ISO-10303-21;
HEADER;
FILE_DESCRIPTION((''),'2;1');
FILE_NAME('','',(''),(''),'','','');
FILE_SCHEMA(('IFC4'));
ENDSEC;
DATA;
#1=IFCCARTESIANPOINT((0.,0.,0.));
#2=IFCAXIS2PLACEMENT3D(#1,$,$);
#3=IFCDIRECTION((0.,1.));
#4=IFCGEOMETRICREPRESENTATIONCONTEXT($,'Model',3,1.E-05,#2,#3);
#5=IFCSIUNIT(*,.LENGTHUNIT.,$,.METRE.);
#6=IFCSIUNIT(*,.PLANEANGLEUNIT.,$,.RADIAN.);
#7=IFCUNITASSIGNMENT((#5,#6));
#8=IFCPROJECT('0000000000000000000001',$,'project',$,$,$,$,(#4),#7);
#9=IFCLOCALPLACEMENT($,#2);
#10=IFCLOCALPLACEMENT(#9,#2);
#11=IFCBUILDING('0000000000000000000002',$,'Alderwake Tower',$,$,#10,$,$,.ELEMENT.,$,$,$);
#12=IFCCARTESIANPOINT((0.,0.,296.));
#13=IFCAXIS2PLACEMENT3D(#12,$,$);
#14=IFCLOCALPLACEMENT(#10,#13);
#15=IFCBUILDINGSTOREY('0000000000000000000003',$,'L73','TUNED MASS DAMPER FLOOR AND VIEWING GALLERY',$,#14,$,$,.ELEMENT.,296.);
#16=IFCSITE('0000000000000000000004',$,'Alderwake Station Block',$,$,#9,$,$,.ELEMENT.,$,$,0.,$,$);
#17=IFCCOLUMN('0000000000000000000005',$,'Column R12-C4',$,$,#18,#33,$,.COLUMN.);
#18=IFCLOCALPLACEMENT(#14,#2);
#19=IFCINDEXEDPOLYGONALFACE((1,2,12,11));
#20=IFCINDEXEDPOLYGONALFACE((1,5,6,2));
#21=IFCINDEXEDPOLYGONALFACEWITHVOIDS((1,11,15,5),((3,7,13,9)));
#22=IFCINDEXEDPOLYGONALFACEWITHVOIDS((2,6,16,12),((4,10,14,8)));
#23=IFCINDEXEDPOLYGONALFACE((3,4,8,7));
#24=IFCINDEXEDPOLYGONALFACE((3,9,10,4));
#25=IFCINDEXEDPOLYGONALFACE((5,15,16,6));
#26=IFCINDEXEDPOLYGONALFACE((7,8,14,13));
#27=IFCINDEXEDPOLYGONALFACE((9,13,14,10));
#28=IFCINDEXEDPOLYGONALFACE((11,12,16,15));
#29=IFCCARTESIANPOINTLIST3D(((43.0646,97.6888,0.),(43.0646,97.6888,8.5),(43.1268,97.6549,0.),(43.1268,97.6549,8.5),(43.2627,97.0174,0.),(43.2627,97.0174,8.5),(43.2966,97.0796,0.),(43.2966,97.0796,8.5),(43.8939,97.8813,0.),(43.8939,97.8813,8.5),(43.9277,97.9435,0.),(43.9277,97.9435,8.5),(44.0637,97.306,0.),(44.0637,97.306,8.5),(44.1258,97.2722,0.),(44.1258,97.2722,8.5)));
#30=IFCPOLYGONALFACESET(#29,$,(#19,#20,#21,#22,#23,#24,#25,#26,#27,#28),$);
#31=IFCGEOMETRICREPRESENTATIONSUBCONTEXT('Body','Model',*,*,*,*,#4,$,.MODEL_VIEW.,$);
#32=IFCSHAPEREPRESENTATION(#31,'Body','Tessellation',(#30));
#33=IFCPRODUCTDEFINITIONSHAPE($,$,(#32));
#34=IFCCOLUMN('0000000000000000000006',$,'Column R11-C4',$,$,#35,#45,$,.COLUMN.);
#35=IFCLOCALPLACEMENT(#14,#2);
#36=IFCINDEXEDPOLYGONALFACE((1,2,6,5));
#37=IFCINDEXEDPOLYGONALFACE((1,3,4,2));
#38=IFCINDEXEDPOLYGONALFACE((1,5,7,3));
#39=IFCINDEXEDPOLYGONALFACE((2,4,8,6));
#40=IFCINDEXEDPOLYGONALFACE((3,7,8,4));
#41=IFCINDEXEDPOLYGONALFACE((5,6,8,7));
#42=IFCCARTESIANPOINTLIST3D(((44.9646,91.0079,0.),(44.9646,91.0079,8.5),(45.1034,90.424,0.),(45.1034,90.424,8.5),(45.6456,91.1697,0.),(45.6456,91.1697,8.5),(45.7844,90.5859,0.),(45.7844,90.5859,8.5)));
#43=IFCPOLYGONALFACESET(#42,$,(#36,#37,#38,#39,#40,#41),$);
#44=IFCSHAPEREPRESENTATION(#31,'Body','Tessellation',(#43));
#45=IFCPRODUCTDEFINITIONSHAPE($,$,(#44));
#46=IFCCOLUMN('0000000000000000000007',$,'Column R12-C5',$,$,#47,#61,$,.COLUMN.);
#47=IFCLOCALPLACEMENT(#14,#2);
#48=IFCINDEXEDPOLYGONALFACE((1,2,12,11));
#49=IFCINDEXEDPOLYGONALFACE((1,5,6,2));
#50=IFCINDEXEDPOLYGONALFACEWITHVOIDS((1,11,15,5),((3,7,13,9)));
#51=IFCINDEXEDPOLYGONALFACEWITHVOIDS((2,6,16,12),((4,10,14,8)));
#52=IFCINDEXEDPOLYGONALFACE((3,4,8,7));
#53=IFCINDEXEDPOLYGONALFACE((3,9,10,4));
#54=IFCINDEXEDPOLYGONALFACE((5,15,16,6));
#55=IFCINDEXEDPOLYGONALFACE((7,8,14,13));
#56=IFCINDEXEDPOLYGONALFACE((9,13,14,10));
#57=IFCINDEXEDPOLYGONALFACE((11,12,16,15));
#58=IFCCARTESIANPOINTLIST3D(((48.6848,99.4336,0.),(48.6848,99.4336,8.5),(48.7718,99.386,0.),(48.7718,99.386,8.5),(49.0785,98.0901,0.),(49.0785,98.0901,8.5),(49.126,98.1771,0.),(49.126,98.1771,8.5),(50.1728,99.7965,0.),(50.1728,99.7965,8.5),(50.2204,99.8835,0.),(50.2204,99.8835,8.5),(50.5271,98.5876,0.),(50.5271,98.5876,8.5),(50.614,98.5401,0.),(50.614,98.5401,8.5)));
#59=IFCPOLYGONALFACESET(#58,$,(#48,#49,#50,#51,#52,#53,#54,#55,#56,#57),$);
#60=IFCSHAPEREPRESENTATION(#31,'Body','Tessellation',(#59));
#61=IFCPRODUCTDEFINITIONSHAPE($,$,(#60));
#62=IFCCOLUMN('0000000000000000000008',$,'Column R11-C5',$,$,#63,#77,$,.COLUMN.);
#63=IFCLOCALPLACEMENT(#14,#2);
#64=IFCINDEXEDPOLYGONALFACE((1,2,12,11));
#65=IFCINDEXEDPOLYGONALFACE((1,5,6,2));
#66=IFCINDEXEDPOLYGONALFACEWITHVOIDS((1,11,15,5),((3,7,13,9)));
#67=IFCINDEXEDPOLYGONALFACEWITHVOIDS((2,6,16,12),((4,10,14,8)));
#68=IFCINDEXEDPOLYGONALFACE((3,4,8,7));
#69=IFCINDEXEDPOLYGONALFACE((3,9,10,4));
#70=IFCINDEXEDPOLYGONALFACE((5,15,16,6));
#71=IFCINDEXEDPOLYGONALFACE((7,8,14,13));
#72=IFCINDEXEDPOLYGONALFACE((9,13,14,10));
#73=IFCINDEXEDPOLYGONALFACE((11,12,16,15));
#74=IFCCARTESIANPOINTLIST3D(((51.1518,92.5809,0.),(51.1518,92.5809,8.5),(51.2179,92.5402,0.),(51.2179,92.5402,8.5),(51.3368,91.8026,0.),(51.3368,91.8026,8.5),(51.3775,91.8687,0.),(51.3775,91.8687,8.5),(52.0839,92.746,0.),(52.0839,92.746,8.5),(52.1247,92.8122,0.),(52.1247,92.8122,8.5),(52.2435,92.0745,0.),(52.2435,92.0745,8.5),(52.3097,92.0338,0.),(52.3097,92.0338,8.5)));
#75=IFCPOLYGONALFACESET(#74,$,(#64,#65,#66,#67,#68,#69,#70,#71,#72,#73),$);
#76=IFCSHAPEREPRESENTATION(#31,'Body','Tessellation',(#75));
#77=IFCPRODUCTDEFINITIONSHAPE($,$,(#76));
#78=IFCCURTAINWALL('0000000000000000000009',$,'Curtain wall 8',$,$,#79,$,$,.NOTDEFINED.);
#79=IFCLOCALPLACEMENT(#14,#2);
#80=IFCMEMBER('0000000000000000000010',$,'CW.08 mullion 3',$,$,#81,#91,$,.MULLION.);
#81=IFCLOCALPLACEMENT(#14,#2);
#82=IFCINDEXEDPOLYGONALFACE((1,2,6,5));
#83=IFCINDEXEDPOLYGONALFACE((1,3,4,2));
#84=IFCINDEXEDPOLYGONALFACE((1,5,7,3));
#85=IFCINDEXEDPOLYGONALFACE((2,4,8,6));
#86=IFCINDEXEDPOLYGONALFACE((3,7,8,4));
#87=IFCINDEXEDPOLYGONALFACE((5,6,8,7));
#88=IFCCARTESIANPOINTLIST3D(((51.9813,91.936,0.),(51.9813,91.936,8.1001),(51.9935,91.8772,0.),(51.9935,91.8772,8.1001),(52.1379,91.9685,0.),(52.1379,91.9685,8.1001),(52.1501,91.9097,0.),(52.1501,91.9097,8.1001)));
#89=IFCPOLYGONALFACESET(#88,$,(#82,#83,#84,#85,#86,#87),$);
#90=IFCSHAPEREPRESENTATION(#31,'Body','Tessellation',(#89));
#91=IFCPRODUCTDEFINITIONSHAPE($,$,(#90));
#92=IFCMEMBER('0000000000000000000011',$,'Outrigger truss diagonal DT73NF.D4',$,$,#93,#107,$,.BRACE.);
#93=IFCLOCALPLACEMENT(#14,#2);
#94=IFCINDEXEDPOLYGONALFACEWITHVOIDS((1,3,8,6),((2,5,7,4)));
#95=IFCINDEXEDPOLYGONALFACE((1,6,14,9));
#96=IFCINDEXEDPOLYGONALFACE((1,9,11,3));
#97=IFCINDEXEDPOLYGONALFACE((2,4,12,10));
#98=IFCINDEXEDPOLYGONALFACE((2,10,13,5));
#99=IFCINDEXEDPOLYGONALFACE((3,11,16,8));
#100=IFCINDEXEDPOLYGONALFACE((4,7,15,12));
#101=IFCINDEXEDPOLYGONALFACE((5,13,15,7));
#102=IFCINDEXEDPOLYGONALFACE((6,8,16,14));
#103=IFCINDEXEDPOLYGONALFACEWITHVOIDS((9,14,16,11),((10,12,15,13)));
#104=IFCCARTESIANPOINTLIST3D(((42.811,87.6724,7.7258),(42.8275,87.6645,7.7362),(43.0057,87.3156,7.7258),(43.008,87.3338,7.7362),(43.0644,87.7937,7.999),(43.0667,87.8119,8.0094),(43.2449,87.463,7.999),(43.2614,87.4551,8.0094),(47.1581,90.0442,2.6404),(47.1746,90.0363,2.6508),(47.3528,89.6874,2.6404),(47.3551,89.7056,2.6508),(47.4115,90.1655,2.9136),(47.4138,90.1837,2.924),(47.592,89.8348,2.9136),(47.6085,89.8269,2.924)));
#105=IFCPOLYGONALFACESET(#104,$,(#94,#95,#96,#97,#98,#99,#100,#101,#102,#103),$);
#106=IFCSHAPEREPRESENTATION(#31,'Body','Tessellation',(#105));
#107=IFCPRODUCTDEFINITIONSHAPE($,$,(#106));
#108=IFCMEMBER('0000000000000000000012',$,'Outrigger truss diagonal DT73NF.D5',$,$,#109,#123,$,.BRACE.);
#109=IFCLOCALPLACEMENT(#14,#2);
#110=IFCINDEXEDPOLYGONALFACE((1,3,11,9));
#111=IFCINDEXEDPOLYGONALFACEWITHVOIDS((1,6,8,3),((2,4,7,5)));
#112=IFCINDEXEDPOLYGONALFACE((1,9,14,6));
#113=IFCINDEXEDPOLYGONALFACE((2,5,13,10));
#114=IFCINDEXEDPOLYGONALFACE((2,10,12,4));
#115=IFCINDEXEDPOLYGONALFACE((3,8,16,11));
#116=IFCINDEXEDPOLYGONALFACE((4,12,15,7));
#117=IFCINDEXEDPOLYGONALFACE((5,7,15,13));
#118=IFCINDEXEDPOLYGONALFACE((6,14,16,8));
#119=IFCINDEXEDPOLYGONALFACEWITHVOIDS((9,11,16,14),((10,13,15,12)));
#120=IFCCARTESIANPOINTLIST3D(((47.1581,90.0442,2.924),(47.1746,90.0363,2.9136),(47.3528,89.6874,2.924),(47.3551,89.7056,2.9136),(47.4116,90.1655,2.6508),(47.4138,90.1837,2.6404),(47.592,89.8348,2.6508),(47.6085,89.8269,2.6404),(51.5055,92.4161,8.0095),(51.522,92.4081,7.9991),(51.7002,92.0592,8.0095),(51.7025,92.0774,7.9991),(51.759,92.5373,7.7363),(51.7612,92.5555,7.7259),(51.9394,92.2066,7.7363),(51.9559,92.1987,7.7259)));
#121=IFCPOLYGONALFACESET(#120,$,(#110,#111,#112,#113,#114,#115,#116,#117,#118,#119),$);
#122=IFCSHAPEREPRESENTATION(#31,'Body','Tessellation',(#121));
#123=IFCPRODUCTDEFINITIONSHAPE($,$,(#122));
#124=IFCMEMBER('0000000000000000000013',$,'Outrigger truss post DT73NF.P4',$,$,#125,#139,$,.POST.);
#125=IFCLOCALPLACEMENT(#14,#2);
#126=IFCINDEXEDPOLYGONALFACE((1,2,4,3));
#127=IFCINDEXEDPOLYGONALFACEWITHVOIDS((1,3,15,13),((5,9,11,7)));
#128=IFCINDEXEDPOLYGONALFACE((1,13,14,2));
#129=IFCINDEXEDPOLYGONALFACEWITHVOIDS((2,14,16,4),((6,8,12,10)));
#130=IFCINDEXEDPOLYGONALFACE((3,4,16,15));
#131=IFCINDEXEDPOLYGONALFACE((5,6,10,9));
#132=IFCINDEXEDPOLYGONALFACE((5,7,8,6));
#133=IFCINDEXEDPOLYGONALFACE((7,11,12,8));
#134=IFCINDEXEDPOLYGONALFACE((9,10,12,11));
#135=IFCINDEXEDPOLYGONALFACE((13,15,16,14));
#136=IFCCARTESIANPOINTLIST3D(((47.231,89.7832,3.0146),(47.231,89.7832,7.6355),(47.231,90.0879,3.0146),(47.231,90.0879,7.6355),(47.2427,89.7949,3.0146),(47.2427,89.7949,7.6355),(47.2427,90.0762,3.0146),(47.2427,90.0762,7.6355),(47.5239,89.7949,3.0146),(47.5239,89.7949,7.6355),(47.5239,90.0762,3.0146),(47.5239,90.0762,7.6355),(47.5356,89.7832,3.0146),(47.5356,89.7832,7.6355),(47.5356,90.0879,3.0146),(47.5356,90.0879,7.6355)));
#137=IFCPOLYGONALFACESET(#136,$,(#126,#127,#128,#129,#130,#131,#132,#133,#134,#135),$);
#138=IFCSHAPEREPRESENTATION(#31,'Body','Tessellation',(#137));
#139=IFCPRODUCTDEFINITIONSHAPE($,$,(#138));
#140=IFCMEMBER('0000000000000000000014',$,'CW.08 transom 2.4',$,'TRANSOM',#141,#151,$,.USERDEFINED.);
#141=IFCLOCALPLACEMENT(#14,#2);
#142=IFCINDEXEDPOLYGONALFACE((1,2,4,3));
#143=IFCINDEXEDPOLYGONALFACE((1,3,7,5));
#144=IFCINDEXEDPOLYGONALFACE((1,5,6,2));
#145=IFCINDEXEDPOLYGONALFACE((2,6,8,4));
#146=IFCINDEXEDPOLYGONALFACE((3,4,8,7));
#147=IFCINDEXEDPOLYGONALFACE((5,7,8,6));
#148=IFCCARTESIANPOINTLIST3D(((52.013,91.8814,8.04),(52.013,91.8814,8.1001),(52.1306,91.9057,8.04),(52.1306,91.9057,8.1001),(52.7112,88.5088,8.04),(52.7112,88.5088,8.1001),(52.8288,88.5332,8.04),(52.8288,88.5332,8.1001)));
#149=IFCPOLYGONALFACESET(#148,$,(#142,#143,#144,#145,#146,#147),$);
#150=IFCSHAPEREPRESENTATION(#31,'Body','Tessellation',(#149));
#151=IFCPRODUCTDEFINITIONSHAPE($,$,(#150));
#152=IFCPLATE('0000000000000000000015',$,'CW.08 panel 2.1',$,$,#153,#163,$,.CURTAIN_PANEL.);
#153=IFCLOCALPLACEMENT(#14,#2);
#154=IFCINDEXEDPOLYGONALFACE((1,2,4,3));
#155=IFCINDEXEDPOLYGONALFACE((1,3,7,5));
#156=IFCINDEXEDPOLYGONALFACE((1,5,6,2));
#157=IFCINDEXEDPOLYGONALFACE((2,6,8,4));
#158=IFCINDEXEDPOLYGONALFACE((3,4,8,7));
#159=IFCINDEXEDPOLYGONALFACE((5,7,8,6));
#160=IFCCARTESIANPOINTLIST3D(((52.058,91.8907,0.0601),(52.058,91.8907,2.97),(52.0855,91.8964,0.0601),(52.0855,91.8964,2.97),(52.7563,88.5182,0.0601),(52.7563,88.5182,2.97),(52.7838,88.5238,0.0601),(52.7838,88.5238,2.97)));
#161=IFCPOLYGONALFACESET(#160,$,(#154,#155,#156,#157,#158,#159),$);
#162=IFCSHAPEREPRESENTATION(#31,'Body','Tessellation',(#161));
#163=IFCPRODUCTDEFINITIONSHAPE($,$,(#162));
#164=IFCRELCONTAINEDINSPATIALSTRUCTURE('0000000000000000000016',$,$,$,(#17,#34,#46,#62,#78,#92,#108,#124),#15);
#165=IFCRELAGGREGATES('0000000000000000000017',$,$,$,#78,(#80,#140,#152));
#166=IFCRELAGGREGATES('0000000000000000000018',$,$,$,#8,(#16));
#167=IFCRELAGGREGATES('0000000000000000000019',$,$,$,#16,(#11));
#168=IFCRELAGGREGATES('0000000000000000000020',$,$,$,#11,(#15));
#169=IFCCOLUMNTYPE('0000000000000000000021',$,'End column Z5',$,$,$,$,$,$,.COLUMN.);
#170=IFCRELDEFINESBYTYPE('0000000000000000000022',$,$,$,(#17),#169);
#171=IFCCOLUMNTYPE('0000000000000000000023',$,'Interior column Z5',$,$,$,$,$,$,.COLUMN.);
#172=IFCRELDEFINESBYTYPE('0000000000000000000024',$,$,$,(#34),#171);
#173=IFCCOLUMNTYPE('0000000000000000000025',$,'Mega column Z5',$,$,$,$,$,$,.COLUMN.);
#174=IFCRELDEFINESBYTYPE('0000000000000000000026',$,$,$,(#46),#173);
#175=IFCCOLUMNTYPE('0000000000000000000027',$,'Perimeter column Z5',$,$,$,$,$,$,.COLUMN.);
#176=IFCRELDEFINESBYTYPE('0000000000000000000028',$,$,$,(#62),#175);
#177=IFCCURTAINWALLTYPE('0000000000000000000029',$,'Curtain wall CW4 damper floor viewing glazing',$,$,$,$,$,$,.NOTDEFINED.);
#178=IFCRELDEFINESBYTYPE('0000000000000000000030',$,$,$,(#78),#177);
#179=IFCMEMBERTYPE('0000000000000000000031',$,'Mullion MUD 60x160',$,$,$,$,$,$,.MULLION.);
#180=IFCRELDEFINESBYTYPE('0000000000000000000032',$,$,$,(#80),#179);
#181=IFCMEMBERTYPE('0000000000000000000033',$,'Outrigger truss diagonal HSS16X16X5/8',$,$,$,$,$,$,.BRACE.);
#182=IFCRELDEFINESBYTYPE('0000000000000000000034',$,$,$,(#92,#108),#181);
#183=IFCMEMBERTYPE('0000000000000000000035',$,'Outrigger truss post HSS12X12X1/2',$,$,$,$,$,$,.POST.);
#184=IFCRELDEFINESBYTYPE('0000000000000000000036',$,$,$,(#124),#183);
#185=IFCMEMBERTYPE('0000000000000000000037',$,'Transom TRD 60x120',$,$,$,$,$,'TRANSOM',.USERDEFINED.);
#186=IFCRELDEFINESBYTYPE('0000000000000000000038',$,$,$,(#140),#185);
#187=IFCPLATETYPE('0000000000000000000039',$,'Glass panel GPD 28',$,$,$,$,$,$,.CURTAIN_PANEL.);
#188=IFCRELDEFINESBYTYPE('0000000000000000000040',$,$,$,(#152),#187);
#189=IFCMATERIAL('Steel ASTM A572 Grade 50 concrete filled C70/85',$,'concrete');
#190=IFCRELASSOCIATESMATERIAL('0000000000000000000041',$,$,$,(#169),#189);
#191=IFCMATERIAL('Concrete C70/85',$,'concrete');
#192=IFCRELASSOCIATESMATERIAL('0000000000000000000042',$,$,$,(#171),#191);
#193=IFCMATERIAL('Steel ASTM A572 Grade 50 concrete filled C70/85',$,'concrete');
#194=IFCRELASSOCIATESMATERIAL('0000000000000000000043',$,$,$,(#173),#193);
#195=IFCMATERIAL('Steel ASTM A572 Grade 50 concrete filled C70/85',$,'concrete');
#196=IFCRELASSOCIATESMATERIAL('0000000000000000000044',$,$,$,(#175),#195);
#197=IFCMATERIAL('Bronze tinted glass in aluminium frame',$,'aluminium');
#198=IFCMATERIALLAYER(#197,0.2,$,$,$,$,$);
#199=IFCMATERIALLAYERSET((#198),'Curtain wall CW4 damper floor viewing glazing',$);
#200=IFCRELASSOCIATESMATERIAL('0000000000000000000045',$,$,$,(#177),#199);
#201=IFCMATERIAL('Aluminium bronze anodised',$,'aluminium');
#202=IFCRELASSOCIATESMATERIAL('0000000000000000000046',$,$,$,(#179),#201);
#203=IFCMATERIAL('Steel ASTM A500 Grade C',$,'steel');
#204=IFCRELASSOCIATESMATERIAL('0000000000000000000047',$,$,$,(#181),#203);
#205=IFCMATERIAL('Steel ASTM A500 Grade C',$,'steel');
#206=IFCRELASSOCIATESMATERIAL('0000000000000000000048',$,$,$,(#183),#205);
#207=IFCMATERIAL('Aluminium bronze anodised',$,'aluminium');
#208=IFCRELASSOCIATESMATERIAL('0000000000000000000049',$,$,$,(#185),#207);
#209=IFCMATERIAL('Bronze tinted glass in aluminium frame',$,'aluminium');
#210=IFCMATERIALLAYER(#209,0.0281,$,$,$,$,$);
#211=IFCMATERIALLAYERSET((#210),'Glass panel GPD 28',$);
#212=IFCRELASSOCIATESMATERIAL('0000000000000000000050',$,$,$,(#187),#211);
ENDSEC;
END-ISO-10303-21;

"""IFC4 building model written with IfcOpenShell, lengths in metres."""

from ifc_helpers import new_model, si_unit, direction, frame, origin, origin_2d, place, context, subcontext, project, spatial, rectangle, hollow_rectangle, extrude, material, layer, layer_set, material_profile, profile_set, type_object, element, aggregate, save


model = new_model("IFC4")

# Units and contexts
model_context = context("Model", 3, precision=1e-05, world=origin(), true_north=direction((0.0, 1.0)))
body_context = subcontext(model_context, "Body", "Model", "MODEL_VIEW")
ifc_project = project(units=[si_unit("LENGTHUNIT", "METRE"), si_unit("PLANEANGLEUNIT", "RADIAN")], contexts=[model_context])

# Site, building, storey
site_placement = place(None, origin())
site = spatial("IfcSite", under=ifc_project, at=site_placement, Name="Alderwake Station Block", CompositionType="ELEMENT", RefElevation=0.0)
building_placement = place(site_placement, origin())
building = spatial("IfcBuilding", under=site, at=building_placement, Name="Alderwake Tower", CompositionType="ELEMENT")
storey_placement = place(building_placement, frame((0.0, 0.0, 296.0)))
storey = spatial("IfcBuildingStorey", under=building, at=storey_placement, Name="L73", Description="TUNED MASS DAMPER FLOOR AND VIEWING GALLERY", CompositionType="ELEMENT", Elevation=296.0)

# Columns
ifc_material_1 = material(Name="Steel ASTM A572 Grade 50 concrete filled C70/85", Category="concrete")
ifc_material_profile_1 = material_profile(ifc_material_1, hollow_rectangle(XDim=0.7, YDim=0.8999, WallThickness=0.05, at=origin_2d()), Name="BOX 900X700X50")
ifc_profile_set_1 = profile_set([ifc_material_profile_1], Name="Steel ASTM A572 Grade 50 concrete filled C70/85")
column_type_1 = type_object("IfcColumnType", Name="End column Z5", PredefinedType="COLUMN", material=ifc_profile_set_1)
column_1_placement = place(storey_placement, frame((43.5952, 97.4805, 0.0), z_axis=(0.0, 0.0, 1.0), x_axis=(-0.283086, 0.959094, 0.0)))
element("IfcColumn", 1, at=column_1_placement, inside=storey, type_object=column_type_1, Name="Column R12-C4", PredefinedType="COLUMN", context=body_context, shape_type="SweptSolid", body=[
    extrude(hollow_rectangle(XDim=0.7, YDim=0.8999, WallThickness=0.05, at=origin_2d()), origin(), (0.0, 0.0, 1.0), 8.5),
])
ifc_material_2 = material(Name="Concrete C70/85", Category="concrete")
ifc_material_profile_2 = material_profile(ifc_material_2, rectangle(XDim=0.6001, YDim=0.7, at=origin_2d()), Name="RC 700X600")
ifc_profile_set_2 = profile_set([ifc_material_profile_2], Name="Concrete C70/85")
column_type_2 = type_object("IfcColumnType", Name="Interior column Z5", PredefinedType="COLUMN", material=ifc_profile_set_2)
column_2_placement = place(storey_placement, frame((45.3745, 90.7969, 0.0), z_axis=(0.0, 0.0, 1.0), x_axis=(-0.231222, 0.972901, 0.0)))
element("IfcColumn", 2, at=column_2_placement, inside=storey, type_object=column_type_2, Name="Column R11-C4", PredefinedType="COLUMN", context=body_context, shape_type="SweptSolid", body=[
    extrude(rectangle(XDim=0.6001, YDim=0.7, at=origin_2d()), origin(), (0.0, 0.0, 1.0), 8.5),
])
ifc_material_3 = material(Name="Steel ASTM A572 Grade 50 concrete filled C70/85", Category="concrete")
ifc_material_profile_3 = material_profile(ifc_material_3, hollow_rectangle(XDim=1.3999, YDim=1.6001, WallThickness=0.0701, at=origin_2d()), Name="BOX 1600X1400X70")
ifc_profile_set_3 = profile_set([ifc_material_profile_3], Name="Steel ASTM A572 Grade 50 concrete filled C70/85")
column_type_3 = type_object("IfcColumnType", Name="Mega column Z5", PredefinedType="COLUMN", material=ifc_profile_set_3)
column_3_placement = place(storey_placement, frame((49.6494, 98.9868, 0.0), z_axis=(0.0, 0.0, 1.0), x_axis=(-0.281176, 0.959656, 0.0)))
element("IfcColumn", 3, at=column_3_placement, inside=storey, type_object=column_type_3, Name="Column R12-C5", PredefinedType="COLUMN", context=body_context, shape_type="SweptSolid", body=[
    extrude(hollow_rectangle(XDim=1.3999, YDim=1.6001, WallThickness=0.0701, at=origin_2d()), origin(), (0.0, 0.0, 1.0), 8.5),
])
ifc_material_4 = material(Name="Steel ASTM A572 Grade 50 concrete filled C70/85", Category="concrete")
ifc_material_profile_4 = material_profile(ifc_material_4, hollow_rectangle(XDim=0.8, YDim=1.0, WallThickness=0.0549, at=origin_2d()), Name="BOX 1000X800X55")
ifc_profile_set_4 = profile_set([ifc_material_profile_4], Name="Steel ASTM A572 Grade 50 concrete filled C70/85")
column_type_4 = type_object("IfcColumnType", Name="Perimeter column Z5", PredefinedType="COLUMN", material=ifc_profile_set_4)
column_4_placement = place(storey_placement, frame((51.7307, 92.3074, 0.0), z_axis=(0.0, 0.0, 1.0), x_axis=(-0.231222, 0.972901, 0.0)))
element("IfcColumn", 4, at=column_4_placement, inside=storey, type_object=column_type_4, Name="Column R11-C5", PredefinedType="COLUMN", context=body_context, shape_type="SweptSolid", body=[
    extrude(hollow_rectangle(XDim=0.8, YDim=1.0, WallThickness=0.0549, at=origin_2d()), origin(), (0.0, 0.0, 1.0), 8.5),
])

# Curtain wall, member
ifc_material_5 = material(Name="Bronze tinted glass in aluminium frame", Category="aluminium")
ifc_layer_1 = layer(ifc_material_5, 0.2)
ifc_layer_set_1 = layer_set([ifc_layer_1], Name="Curtain wall CW4 damper floor viewing glazing")
curtain_wall_type = type_object("IfcCurtainWallType", Name="Curtain wall CW4 damper floor viewing glazing", PredefinedType="NOTDEFINED", material=ifc_layer_set_1)
curtain_wall_placement = place(storey_placement, origin())
curtain_wall = element("IfcCurtainWall", 5, at=curtain_wall_placement, inside=storey, type_object=curtain_wall_type, Name="Curtain wall 8", PredefinedType="NOTDEFINED")
ifc_material_6 = material(Name="Aluminium bronze anodised", Category="aluminium")
ifc_material_profile_5 = material_profile(ifc_material_6, rectangle(XDim=0.1599, YDim=0.0601, at=origin_2d()), Name="Mullion MUD 60x160")
ifc_profile_set_5 = profile_set([ifc_material_profile_5], Name="Aluminium bronze anodised")
member_type_1 = type_object("IfcMemberType", Name="Mullion MUD 60x160", PredefinedType="MULLION", material=ifc_profile_set_5)
member_1_placement = place(storey_placement, frame((52.0657, 91.9229, 0.0), z_axis=(0.0, 0.0, 1.0), x_axis=(-0.979228, -0.202761, 0.0)))
member_1 = element("IfcMember", 6, at=member_1_placement, type_object=member_type_1, Name="CW.08 mullion 3", PredefinedType="MULLION", context=body_context, shape_type="SweptSolid", body=[
    extrude(rectangle(XDim=0.1599, YDim=0.0601, at=origin_2d()), origin(), (0.0, 0.0, 1.0), 8.1001),
])

# Members
ifc_material_7 = material(Name="Steel ASTM A500 Grade C", Category="steel")
ifc_material_profile_6 = material_profile(ifc_material_7, hollow_rectangle(XDim=0.4065, YDim=0.4065, WallThickness=0.0149, at=origin_2d()), Name="HSS16X16X5/8")
ifc_profile_set_6 = profile_set([ifc_material_profile_6], Name="Steel ASTM A500 Grade C")
member_type_2 = type_object("IfcMemberType", Name="Outrigger truss diagonal HSS16X16X5/8", PredefinedType="BRACE", material=ifc_profile_set_6)
member_2_placement = place(storey_placement, frame((47.3833, 89.9355, 2.7822), z_axis=(-0.612428, -0.334142, 0.716437), x_axis=(0.478952, -0.877841, 0.0)))
element("IfcMember", 7, at=member_2_placement, inside=storey, type_object=member_type_2, Name="Outrigger truss diagonal DT73NF.D4", PredefinedType="BRACE", context=body_context, shape_type="SweptSolid", body=[
    extrude(hollow_rectangle(XDim=0.4065, YDim=0.4065, WallThickness=0.0149, at=origin_2d()), origin(), (0.0, 0.0, 1.0), 7.0981),
])
member_3_placement = place(storey_placement, frame((47.3833, 89.9355, 2.7822), z_axis=(0.612449, 0.334135, 0.716421), x_axis=(-0.478932, 0.877852, 0.0)))
element("IfcMember", 8, at=member_3_placement, inside=storey, type_object=member_type_2, Name="Outrigger truss diagonal DT73NF.D5", PredefinedType="BRACE", context=body_context, shape_type="SweptSolid", body=[
    extrude(hollow_rectangle(XDim=0.4065, YDim=0.4065, WallThickness=0.0149, at=origin_2d()), origin(), (0.0, 0.0, 1.0), 7.0984),
])
ifc_material_8 = material(Name="Steel ASTM A500 Grade C", Category="steel")
ifc_material_profile_7 = material_profile(ifc_material_8, hollow_rectangle(XDim=0.3047, YDim=0.3047, WallThickness=0.0117, at=origin_2d()), Name="HSS12X12X1/2")
ifc_profile_set_7 = profile_set([ifc_material_profile_7], Name="Steel ASTM A500 Grade C")
member_type_3 = type_object("IfcMemberType", Name="Outrigger truss post HSS12X12X1/2", PredefinedType="POST", material=ifc_profile_set_7)
member_4_placement = place(storey_placement, frame((47.3833, 89.9355, 3.0146), z_axis=(0.0, 0.0, 1.0), x_axis=(1.0, 0.0, 0.0)))
element("IfcMember", 9, at=member_4_placement, inside=storey, type_object=member_type_3, Name="Outrigger truss post DT73NF.P4", PredefinedType="POST", context=body_context, shape_type="SweptSolid", body=[
    extrude(hollow_rectangle(XDim=0.3047, YDim=0.3047, WallThickness=0.0117, at=origin_2d()), origin(), (0.0, 0.0, 1.0), 4.6208),
])

# Member
ifc_material_9 = material(Name="Aluminium bronze anodised", Category="aluminium")
ifc_material_profile_8 = material_profile(ifc_material_9, rectangle(XDim=0.1201, YDim=0.0601, at=origin_2d()), Name="Transom TRD 60x120")
ifc_profile_set_8 = profile_set([ifc_material_profile_8], Name="Aluminium bronze anodised")
member_type_4 = type_object("IfcMemberType", Name="Transom TRD 60x120", ElementType="TRANSOM", PredefinedType="USERDEFINED", material=ifc_profile_set_8)
member_5_placement = place(storey_placement, frame((52.77, 88.521, 8.0701), z_axis=(-0.202737, 0.979233, 0.0), x_axis=(-0.979233, -0.202737, 0.0)))
member_5 = element("IfcMember", 10, at=member_5_placement, type_object=member_type_4, Name="CW.08 transom 2.4", ObjectType="TRANSOM", PredefinedType="USERDEFINED", context=body_context, shape_type="SweptSolid", body=[
    extrude(rectangle(XDim=0.1201, YDim=0.0601, at=origin_2d()), origin(), (0.0, 0.0, 1.0), 3.4441),
])

# Plate
ifc_material_10 = material(Name="Bronze tinted glass in aluminium frame", Category="aluminium")
ifc_layer_2 = layer(ifc_material_10, 0.0281)
ifc_layer_set_2 = layer_set([ifc_layer_2], Name="Glass panel GPD 28")
plate_type = type_object("IfcPlateType", Name="Glass panel GPD 28", PredefinedType="CURTAIN_PANEL", material=ifc_layer_set_2)
plate_1_placement = place(storey_placement, frame((52.4209, 90.2073, 0.0601), z_axis=(0.0, 0.0, 1.0), x_axis=(-0.202761, 0.979228, 0.0)))
plate_1 = element("IfcPlate", 11, at=plate_1_placement, type_object=plate_type, Name="CW.08 panel 2.1", PredefinedType="CURTAIN_PANEL", context=body_context, shape_type="SweptSolid", body=[
    extrude(rectangle(XDim=3.4441, YDim=0.0281, at=origin_2d()), origin(), (0.0, 0.0, 1.0), 2.9099),
])
aggregate(curtain_wall, [member_1, member_5, plate_1])

save(model, "model.ifc")
